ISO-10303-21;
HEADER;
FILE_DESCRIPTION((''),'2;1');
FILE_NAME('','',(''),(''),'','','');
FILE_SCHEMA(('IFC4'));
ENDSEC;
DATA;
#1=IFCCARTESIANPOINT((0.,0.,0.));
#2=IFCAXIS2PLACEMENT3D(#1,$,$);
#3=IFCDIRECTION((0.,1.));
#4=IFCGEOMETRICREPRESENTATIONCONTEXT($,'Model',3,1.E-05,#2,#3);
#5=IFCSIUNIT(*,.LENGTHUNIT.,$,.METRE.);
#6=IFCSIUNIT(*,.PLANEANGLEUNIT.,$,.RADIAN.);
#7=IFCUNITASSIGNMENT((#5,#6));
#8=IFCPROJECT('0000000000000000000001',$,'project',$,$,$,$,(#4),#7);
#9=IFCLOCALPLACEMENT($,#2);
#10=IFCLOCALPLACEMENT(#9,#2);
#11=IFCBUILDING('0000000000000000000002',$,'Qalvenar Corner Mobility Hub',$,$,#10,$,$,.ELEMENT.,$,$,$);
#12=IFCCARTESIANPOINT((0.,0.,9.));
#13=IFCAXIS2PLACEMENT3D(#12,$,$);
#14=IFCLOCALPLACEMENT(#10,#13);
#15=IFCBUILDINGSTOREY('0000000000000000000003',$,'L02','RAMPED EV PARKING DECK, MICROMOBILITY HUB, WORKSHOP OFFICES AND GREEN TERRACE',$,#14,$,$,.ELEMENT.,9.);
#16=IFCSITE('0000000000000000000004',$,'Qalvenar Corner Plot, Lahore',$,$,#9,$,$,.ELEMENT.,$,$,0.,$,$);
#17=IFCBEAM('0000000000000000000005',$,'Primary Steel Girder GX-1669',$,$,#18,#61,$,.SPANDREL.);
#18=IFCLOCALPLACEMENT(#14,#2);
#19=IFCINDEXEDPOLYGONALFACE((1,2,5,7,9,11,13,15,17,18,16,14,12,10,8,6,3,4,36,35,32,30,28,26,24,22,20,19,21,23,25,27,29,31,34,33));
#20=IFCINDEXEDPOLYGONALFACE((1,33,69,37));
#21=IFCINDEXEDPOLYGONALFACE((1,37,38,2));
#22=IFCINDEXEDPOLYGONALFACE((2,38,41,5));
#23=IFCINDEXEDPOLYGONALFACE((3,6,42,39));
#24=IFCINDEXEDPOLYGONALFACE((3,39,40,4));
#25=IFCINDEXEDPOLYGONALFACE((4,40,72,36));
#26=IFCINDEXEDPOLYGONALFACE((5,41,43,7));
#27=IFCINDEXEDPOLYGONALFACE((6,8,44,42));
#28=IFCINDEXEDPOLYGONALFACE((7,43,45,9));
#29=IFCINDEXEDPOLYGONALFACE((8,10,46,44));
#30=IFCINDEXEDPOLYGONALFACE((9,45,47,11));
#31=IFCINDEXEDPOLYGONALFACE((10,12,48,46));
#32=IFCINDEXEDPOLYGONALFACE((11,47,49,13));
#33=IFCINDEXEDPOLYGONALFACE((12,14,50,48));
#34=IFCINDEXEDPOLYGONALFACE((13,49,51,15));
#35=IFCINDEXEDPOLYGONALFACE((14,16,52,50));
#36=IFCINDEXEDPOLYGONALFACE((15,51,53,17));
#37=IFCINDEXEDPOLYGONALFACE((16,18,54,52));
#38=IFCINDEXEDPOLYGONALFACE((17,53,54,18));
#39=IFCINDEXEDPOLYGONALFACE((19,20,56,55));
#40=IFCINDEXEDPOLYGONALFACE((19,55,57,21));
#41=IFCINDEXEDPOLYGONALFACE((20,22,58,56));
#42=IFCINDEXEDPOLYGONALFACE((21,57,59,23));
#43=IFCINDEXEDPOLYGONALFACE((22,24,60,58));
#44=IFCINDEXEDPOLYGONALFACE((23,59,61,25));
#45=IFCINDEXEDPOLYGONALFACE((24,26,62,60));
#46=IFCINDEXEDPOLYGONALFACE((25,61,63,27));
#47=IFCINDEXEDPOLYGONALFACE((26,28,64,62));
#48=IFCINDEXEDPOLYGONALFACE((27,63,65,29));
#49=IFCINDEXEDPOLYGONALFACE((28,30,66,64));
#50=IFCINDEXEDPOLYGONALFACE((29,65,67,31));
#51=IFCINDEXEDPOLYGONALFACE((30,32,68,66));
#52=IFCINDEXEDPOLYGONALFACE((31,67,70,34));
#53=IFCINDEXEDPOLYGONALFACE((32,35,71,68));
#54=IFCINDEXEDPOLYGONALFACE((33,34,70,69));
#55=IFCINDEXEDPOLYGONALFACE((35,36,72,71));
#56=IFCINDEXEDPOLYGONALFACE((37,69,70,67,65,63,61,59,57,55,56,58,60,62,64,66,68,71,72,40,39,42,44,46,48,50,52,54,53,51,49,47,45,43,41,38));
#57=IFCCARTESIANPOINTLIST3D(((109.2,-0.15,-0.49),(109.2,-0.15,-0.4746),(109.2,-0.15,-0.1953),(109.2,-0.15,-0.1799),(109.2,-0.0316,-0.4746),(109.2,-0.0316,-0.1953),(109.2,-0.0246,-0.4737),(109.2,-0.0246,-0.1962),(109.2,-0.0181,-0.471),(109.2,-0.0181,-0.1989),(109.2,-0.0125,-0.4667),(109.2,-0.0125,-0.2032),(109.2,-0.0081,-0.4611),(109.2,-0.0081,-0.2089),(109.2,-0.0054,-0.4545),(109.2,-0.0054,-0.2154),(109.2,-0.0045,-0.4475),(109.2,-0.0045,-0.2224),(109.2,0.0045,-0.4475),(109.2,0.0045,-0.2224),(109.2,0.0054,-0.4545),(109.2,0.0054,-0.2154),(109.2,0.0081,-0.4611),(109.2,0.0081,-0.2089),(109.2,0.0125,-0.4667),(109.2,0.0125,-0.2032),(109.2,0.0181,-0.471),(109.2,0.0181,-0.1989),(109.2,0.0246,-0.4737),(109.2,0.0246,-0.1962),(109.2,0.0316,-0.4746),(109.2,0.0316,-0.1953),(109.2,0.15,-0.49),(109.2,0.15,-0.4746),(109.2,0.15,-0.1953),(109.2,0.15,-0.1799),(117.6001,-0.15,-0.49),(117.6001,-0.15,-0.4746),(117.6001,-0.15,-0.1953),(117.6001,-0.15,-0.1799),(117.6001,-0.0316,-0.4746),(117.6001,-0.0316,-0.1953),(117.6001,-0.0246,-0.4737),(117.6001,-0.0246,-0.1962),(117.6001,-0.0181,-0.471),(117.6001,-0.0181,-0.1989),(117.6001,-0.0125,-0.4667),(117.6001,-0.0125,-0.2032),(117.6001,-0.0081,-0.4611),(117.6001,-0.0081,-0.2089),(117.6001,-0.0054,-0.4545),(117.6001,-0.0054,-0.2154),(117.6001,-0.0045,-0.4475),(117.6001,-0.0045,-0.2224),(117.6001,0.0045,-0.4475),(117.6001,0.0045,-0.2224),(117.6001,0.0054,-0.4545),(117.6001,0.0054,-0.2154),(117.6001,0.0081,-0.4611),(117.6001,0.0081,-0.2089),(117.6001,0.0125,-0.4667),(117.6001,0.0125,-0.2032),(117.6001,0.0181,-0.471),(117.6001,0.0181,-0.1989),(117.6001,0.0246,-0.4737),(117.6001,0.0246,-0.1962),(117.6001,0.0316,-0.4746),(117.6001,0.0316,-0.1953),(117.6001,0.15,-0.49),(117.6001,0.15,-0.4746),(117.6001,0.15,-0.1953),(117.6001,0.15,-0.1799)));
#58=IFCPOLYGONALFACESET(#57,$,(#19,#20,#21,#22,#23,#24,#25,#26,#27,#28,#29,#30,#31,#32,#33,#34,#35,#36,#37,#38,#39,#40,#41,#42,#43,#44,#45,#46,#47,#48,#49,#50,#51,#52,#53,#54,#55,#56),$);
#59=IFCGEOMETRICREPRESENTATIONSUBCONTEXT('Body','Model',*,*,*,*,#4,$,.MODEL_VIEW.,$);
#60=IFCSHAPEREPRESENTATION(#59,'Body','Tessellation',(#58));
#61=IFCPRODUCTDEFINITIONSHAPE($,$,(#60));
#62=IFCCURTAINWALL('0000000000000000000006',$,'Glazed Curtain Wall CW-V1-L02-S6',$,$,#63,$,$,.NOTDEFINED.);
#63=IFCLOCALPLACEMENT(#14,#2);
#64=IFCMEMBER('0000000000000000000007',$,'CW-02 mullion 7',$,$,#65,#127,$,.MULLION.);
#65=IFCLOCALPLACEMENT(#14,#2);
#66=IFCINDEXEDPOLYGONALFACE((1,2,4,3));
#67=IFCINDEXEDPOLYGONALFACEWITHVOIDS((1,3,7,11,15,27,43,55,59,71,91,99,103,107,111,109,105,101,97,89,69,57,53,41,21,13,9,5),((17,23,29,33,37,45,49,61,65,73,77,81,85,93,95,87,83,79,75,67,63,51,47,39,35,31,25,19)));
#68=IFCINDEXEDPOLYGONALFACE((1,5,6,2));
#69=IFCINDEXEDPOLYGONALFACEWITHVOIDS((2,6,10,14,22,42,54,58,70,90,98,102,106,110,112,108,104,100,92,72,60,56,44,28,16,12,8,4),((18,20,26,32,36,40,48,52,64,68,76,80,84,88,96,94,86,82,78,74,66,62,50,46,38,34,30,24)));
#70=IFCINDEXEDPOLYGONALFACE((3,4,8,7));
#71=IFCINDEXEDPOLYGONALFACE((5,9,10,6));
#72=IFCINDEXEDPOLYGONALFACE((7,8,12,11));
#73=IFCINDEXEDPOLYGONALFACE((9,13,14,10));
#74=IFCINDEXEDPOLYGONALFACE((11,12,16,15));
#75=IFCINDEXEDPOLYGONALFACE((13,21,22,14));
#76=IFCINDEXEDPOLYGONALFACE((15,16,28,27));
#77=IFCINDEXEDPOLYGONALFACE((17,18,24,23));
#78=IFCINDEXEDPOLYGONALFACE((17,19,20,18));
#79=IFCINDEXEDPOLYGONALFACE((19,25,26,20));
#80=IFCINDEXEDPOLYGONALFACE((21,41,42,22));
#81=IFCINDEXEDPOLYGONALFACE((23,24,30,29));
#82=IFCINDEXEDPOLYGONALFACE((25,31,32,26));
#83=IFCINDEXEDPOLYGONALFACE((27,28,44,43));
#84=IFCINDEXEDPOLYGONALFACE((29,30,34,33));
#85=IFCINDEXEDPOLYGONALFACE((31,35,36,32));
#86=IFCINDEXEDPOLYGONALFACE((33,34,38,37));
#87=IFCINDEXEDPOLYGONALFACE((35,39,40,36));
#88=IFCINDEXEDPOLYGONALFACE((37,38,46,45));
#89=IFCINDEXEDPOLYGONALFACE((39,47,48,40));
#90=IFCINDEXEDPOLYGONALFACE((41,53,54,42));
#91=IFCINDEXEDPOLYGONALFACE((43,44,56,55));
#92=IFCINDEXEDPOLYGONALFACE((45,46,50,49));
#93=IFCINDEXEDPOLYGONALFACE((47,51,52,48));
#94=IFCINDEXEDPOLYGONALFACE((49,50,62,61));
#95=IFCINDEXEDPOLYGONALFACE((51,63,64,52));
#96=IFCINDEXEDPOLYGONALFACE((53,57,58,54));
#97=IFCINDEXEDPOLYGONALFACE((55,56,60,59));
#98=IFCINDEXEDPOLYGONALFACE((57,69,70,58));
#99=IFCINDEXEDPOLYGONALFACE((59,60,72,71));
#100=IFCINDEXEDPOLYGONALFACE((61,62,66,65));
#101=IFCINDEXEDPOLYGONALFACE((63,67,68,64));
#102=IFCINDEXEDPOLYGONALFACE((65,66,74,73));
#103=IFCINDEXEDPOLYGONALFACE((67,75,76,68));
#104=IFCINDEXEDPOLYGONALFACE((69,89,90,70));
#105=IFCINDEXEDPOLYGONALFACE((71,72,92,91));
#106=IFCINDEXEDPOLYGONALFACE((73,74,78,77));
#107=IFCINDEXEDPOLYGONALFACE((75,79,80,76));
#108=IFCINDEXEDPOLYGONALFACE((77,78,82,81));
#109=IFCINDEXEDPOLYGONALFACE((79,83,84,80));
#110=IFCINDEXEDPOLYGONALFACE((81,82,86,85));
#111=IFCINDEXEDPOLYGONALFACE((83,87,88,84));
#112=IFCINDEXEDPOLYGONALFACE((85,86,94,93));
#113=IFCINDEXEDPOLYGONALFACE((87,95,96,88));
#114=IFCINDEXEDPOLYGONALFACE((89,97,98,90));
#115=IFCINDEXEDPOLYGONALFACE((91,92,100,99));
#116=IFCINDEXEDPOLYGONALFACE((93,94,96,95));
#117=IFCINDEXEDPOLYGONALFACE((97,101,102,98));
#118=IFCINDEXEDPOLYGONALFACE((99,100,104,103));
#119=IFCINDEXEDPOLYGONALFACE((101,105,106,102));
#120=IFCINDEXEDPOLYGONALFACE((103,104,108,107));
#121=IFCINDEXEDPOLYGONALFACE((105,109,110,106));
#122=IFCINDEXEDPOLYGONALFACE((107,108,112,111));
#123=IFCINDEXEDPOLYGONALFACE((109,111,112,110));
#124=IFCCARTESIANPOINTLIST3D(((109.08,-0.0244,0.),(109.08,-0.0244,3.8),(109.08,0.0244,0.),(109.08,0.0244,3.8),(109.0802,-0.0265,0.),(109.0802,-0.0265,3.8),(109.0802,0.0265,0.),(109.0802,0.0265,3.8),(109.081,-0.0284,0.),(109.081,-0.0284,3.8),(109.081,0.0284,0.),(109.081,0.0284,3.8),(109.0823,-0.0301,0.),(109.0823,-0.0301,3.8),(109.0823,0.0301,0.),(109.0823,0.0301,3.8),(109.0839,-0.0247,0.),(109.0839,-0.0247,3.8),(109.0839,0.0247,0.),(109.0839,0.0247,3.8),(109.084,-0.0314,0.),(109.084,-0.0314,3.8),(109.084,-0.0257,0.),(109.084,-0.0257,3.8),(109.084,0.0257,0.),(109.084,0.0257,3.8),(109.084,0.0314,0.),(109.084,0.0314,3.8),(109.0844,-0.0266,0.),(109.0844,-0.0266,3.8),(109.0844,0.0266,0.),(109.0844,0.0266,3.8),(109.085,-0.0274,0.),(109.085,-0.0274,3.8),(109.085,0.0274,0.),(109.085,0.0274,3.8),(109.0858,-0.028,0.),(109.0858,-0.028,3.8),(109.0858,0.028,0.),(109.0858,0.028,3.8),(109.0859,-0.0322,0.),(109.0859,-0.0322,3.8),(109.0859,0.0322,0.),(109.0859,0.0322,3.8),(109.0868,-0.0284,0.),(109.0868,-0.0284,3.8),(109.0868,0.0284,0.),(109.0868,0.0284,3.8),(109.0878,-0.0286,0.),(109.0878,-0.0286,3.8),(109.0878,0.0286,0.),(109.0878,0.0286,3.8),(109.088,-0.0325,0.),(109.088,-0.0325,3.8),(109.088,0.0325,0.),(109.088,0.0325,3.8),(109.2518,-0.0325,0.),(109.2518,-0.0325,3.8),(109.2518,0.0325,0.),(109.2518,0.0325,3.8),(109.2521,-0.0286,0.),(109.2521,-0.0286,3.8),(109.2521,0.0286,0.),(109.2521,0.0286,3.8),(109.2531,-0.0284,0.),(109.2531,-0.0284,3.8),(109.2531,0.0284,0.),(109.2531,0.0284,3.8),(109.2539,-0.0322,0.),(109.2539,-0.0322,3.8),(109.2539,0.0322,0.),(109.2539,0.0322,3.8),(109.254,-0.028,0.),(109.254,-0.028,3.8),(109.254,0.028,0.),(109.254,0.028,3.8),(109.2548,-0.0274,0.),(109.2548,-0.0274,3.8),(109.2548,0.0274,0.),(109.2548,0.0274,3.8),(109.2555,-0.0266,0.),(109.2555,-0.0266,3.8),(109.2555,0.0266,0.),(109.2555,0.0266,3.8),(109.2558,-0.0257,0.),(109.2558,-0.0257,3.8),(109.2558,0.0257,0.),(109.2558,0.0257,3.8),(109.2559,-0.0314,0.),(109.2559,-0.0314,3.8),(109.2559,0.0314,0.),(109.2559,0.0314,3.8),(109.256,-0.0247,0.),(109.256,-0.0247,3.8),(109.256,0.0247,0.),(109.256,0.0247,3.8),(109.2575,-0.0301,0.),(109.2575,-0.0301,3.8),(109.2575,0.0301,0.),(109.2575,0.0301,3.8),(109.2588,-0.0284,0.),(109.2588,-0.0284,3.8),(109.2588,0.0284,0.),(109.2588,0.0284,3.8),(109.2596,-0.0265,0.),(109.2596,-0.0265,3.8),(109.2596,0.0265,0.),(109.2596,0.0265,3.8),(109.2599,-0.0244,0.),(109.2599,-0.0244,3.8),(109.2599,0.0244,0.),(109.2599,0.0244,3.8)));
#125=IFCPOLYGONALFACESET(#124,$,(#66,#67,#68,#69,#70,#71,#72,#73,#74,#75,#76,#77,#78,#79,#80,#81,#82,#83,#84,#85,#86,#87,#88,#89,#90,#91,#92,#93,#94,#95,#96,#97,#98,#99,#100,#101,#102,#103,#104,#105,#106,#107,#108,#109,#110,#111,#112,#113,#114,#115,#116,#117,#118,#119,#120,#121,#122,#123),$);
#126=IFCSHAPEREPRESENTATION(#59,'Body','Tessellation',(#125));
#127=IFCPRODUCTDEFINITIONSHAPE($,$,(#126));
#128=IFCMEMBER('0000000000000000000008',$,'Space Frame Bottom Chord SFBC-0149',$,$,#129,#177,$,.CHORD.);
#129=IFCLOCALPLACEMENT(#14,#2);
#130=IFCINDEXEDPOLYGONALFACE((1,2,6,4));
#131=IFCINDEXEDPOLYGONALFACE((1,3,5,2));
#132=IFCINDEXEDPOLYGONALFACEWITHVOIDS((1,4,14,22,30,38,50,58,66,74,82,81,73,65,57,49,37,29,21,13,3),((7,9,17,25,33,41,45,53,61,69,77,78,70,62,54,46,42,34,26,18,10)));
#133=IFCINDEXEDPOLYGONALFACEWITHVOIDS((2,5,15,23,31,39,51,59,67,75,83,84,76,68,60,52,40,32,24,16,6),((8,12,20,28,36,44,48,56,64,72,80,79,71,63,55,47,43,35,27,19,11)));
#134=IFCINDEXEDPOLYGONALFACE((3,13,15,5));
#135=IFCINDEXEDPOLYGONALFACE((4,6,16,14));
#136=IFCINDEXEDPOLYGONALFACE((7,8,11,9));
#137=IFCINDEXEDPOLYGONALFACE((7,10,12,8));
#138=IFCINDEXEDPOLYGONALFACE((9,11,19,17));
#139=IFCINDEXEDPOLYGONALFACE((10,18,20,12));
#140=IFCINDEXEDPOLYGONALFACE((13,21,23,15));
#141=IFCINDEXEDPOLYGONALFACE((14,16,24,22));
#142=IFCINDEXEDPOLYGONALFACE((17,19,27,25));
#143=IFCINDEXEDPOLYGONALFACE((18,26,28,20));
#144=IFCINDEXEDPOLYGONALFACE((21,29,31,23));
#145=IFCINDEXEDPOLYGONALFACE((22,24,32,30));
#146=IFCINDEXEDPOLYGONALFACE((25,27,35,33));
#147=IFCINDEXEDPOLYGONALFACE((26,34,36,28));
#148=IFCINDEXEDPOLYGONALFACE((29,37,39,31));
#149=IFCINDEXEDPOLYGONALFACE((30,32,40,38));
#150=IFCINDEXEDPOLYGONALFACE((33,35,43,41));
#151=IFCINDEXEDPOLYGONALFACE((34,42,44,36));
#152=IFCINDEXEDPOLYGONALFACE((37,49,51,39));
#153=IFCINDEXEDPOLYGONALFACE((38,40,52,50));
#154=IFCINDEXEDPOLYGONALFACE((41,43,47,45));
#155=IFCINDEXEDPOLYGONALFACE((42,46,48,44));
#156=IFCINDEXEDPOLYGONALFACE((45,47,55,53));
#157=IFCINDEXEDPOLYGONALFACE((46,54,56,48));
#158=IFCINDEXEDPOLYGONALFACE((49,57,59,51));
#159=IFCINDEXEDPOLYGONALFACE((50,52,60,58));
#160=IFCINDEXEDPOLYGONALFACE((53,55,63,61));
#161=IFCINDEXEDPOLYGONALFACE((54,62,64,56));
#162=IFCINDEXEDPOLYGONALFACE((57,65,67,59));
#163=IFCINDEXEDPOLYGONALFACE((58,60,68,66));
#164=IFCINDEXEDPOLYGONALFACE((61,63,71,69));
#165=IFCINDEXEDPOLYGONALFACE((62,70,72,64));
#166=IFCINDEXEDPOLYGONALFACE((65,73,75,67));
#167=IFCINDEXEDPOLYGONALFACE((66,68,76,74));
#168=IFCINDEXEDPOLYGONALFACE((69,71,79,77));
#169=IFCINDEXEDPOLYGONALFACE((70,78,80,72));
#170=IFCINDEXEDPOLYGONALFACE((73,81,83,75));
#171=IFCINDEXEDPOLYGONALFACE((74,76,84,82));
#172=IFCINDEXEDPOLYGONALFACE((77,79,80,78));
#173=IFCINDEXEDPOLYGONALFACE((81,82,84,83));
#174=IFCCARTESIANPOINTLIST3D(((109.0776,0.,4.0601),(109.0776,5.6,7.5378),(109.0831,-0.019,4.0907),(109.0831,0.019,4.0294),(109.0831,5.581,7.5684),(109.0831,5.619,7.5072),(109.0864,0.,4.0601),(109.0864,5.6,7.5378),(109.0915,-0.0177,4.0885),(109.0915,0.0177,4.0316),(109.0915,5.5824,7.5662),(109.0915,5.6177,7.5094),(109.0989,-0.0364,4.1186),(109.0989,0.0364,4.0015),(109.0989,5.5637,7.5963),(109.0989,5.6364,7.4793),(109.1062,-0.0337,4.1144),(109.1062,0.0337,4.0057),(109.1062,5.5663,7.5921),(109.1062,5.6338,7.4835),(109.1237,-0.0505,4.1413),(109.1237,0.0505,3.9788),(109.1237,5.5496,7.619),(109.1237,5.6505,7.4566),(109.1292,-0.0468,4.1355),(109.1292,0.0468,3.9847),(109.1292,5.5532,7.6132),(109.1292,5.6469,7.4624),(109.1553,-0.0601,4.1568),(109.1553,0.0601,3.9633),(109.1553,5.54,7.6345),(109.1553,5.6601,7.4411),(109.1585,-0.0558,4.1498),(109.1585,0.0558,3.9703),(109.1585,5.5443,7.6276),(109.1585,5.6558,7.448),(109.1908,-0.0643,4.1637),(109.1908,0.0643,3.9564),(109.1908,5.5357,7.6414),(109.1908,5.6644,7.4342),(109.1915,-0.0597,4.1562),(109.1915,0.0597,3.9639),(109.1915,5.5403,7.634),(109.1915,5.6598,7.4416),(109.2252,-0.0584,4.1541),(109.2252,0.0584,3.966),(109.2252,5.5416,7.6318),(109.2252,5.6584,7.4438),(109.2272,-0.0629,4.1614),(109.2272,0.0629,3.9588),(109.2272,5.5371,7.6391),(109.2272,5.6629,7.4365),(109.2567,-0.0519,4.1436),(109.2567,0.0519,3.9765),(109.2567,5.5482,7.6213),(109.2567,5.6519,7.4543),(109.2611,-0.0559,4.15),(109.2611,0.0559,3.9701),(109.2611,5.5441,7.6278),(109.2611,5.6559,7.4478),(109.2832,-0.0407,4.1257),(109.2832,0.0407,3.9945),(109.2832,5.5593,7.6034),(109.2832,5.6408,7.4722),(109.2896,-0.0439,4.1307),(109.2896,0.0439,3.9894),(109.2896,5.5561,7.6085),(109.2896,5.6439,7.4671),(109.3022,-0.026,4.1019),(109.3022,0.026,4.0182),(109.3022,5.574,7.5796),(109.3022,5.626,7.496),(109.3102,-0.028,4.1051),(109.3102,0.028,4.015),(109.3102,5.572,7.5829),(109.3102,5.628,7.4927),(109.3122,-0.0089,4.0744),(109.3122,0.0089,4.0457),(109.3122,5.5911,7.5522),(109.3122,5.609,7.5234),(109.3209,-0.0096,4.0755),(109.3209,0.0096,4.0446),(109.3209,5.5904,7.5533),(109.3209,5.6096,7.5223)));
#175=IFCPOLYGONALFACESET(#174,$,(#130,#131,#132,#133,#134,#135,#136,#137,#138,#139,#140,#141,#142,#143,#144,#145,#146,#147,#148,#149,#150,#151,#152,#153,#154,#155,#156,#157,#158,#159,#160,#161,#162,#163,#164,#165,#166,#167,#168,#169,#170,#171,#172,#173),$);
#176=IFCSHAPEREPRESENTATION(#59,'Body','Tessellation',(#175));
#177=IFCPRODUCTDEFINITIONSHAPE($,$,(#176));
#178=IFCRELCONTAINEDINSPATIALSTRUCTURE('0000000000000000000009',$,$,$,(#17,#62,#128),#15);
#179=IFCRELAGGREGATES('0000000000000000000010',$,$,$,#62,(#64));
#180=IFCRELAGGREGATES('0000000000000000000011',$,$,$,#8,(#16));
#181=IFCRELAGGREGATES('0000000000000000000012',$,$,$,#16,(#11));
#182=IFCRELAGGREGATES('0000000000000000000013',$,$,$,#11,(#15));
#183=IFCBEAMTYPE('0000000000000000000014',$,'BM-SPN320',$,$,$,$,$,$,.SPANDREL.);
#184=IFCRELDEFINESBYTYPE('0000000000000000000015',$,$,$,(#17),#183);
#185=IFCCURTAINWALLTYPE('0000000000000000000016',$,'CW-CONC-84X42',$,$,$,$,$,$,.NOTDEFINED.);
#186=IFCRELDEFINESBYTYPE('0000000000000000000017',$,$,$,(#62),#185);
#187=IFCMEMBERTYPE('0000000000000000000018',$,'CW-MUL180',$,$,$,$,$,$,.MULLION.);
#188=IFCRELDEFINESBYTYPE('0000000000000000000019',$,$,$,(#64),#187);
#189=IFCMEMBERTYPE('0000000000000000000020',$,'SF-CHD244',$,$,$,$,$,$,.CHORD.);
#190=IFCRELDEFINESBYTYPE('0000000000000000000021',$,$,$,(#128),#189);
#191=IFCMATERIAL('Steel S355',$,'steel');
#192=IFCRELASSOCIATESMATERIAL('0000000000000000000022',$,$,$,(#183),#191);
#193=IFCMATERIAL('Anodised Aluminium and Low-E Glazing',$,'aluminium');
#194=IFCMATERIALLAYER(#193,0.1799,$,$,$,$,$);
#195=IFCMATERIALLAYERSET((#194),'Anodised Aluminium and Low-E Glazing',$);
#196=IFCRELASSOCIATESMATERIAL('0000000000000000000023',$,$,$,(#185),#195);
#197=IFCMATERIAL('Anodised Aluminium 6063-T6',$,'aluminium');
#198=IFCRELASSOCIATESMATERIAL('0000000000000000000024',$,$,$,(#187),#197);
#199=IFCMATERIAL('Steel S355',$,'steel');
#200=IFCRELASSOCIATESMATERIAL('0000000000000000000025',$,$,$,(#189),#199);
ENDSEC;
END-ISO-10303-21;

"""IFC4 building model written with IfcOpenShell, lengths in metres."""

from ifc_helpers import new_model, si_unit, direction, frame, origin, origin_2d, place, context, subcontext, project, spatial, hollow_rectangle, hollow_circle, i_section, extrude, material, layer, layer_set, material_profile, profile_set, type_object, element, aggregate, save


model = new_model("IFC4")

# Units and contexts
model_context = context("Model", 3, precision=1e-05, world=origin(), true_north=direction((0.0, 1.0)))
body_context = subcontext(model_context, "Body", "Model", "MODEL_VIEW")
ifc_project = project(units=[si_unit("LENGTHUNIT", "METRE"), si_unit("PLANEANGLEUNIT", "RADIAN")], contexts=[model_context])

# Site, building, storey
site_placement = place(None, origin())
site = spatial("IfcSite", under=ifc_project, at=site_placement, Name="Qalvenar Corner Plot, Lahore", CompositionType="ELEMENT", RefElevation=0.0)
building_placement = place(site_placement, origin())
building = spatial("IfcBuilding", under=site, at=building_placement, Name="Qalvenar Corner Mobility Hub", CompositionType="ELEMENT")
storey_placement = place(building_placement, frame((0.0, 0.0, 9.0)))
storey = spatial("IfcBuildingStorey", under=building, at=storey_placement, Name="L02", Description="RAMPED EV PARKING DECK, MICROMOBILITY HUB, WORKSHOP OFFICES AND GREEN TERRACE", CompositionType="ELEMENT", Elevation=9.0)

# Shared definitions
ifc_material_1 = material(Name="Steel S355", Category="steel")

# Beam
ifc_material_profile_1 = material_profile(ifc_material_1, i_section(OverallWidth=0.3, OverallDepth=0.3101, WebThickness=0.009, FlangeThickness=0.0154, FilletRadius=0.0271, at=origin_2d()), Name="HEA320")
ifc_profile_set_1 = profile_set([ifc_material_profile_1], Name="Steel S355")
beam_type_1 = type_object("IfcBeamType", Name="BM-SPN320", PredefinedType="SPANDREL", material=ifc_profile_set_1)
beam_1_placement = place(storey_placement, frame((109.2, 0.0, -0.335), z_axis=(1.0, 0.0, 0.0), x_axis=(0.0, 1.0, 0.0)))
element("IfcBeam", 1, at=beam_1_placement, inside=storey, type_object=beam_type_1, Name="Primary Steel Girder GX-1669", PredefinedType="SPANDREL", context=body_context, shape_type="SweptSolid", body=[
    extrude(i_section(OverallWidth=0.3, OverallDepth=0.3101, WebThickness=0.009, FlangeThickness=0.0154, FilletRadius=0.0271, at=origin_2d()), origin(), (0.0, 0.0, 1.0), 8.4001),
])

# Curtain wall, member
ifc_material_2 = material(Name="Anodised Aluminium and Low-E Glazing", Category="aluminium")
ifc_layer_1 = layer(ifc_material_2, 0.1799)
ifc_layer_set_1 = layer_set([ifc_layer_1], Name="Anodised Aluminium and Low-E Glazing")
curtain_wall_type = type_object("IfcCurtainWallType", Name="CW-CONC-84X42", PredefinedType="NOTDEFINED", material=ifc_layer_set_1)
curtain_wall_placement = place(storey_placement, origin())
curtain_wall = element("IfcCurtainWall", 2, at=curtain_wall_placement, inside=storey, type_object=curtain_wall_type, Name="Glazed Curtain Wall CW-V1-L02-S6", PredefinedType="NOTDEFINED")
ifc_material_3 = material(Name="Anodised Aluminium 6063-T6", Category="aluminium")
ifc_material_profile_2 = material_profile(ifc_material_3, hollow_rectangle(XDim=0.0649, YDim=0.1799, WallThickness=0.0039, InnerFilletRadius=0.0039, OuterFilletRadius=0.0081, at=origin_2d()), Name="RHS180x65x4")
ifc_profile_set_2 = profile_set([ifc_material_profile_2], Name="Anodised Aluminium 6063-T6")
member_type_1 = type_object("IfcMemberType", Name="CW-MUL180", PredefinedType="MULLION", material=ifc_profile_set_2)
member_1_placement = place(storey_placement, frame((109.1699, 0.0, 0.0), z_axis=(0.0, 0.0, 1.0), x_axis=(0.0, 1.0, 0.0)))
member_1 = element("IfcMember", 3, at=member_1_placement, type_object=member_type_1, Name="CW-02 mullion 7", PredefinedType="MULLION", context=body_context, shape_type="SweptSolid", body=[
    extrude(hollow_rectangle(XDim=0.0649, YDim=0.1799, WallThickness=0.0039, InnerFilletRadius=0.0039, OuterFilletRadius=0.0081, at=origin_2d()), origin(), (0.0, 0.0, 1.0), 3.8),
])

# Member
ifc_material_4 = material(Name="Steel S355", Category="steel")
ifc_material_profile_3 = material_profile(ifc_material_4, hollow_circle(Radius=0.1223, WallThickness=0.0088, at=origin_2d()), Name="CHS244.5x8.8")
ifc_profile_set_3 = profile_set([ifc_material_profile_3], Name="Steel S355")
member_type_2 = type_object("IfcMemberType", Name="SF-CHD244", PredefinedType="CHORD", material=ifc_profile_set_3)
member_2_placement = place(storey_placement, frame((109.2, 0.0, 4.0601), z_axis=(0.0, 0.849514, 0.527567), x_axis=(-1.0, 0.0, 0.0)))
element("IfcMember", 4, at=member_2_placement, inside=storey, type_object=member_type_2, Name="Space Frame Bottom Chord SFBC-0149", PredefinedType="CHORD", context=body_context, shape_type="SweptSolid", body=[
    extrude(hollow_circle(Radius=0.1223, WallThickness=0.0088, at=origin_2d()), origin(), (0.0, 0.0, 1.0), 6.592),
])

aggregate(curtain_wall, [member_1])

save(model, "model.ifc")
